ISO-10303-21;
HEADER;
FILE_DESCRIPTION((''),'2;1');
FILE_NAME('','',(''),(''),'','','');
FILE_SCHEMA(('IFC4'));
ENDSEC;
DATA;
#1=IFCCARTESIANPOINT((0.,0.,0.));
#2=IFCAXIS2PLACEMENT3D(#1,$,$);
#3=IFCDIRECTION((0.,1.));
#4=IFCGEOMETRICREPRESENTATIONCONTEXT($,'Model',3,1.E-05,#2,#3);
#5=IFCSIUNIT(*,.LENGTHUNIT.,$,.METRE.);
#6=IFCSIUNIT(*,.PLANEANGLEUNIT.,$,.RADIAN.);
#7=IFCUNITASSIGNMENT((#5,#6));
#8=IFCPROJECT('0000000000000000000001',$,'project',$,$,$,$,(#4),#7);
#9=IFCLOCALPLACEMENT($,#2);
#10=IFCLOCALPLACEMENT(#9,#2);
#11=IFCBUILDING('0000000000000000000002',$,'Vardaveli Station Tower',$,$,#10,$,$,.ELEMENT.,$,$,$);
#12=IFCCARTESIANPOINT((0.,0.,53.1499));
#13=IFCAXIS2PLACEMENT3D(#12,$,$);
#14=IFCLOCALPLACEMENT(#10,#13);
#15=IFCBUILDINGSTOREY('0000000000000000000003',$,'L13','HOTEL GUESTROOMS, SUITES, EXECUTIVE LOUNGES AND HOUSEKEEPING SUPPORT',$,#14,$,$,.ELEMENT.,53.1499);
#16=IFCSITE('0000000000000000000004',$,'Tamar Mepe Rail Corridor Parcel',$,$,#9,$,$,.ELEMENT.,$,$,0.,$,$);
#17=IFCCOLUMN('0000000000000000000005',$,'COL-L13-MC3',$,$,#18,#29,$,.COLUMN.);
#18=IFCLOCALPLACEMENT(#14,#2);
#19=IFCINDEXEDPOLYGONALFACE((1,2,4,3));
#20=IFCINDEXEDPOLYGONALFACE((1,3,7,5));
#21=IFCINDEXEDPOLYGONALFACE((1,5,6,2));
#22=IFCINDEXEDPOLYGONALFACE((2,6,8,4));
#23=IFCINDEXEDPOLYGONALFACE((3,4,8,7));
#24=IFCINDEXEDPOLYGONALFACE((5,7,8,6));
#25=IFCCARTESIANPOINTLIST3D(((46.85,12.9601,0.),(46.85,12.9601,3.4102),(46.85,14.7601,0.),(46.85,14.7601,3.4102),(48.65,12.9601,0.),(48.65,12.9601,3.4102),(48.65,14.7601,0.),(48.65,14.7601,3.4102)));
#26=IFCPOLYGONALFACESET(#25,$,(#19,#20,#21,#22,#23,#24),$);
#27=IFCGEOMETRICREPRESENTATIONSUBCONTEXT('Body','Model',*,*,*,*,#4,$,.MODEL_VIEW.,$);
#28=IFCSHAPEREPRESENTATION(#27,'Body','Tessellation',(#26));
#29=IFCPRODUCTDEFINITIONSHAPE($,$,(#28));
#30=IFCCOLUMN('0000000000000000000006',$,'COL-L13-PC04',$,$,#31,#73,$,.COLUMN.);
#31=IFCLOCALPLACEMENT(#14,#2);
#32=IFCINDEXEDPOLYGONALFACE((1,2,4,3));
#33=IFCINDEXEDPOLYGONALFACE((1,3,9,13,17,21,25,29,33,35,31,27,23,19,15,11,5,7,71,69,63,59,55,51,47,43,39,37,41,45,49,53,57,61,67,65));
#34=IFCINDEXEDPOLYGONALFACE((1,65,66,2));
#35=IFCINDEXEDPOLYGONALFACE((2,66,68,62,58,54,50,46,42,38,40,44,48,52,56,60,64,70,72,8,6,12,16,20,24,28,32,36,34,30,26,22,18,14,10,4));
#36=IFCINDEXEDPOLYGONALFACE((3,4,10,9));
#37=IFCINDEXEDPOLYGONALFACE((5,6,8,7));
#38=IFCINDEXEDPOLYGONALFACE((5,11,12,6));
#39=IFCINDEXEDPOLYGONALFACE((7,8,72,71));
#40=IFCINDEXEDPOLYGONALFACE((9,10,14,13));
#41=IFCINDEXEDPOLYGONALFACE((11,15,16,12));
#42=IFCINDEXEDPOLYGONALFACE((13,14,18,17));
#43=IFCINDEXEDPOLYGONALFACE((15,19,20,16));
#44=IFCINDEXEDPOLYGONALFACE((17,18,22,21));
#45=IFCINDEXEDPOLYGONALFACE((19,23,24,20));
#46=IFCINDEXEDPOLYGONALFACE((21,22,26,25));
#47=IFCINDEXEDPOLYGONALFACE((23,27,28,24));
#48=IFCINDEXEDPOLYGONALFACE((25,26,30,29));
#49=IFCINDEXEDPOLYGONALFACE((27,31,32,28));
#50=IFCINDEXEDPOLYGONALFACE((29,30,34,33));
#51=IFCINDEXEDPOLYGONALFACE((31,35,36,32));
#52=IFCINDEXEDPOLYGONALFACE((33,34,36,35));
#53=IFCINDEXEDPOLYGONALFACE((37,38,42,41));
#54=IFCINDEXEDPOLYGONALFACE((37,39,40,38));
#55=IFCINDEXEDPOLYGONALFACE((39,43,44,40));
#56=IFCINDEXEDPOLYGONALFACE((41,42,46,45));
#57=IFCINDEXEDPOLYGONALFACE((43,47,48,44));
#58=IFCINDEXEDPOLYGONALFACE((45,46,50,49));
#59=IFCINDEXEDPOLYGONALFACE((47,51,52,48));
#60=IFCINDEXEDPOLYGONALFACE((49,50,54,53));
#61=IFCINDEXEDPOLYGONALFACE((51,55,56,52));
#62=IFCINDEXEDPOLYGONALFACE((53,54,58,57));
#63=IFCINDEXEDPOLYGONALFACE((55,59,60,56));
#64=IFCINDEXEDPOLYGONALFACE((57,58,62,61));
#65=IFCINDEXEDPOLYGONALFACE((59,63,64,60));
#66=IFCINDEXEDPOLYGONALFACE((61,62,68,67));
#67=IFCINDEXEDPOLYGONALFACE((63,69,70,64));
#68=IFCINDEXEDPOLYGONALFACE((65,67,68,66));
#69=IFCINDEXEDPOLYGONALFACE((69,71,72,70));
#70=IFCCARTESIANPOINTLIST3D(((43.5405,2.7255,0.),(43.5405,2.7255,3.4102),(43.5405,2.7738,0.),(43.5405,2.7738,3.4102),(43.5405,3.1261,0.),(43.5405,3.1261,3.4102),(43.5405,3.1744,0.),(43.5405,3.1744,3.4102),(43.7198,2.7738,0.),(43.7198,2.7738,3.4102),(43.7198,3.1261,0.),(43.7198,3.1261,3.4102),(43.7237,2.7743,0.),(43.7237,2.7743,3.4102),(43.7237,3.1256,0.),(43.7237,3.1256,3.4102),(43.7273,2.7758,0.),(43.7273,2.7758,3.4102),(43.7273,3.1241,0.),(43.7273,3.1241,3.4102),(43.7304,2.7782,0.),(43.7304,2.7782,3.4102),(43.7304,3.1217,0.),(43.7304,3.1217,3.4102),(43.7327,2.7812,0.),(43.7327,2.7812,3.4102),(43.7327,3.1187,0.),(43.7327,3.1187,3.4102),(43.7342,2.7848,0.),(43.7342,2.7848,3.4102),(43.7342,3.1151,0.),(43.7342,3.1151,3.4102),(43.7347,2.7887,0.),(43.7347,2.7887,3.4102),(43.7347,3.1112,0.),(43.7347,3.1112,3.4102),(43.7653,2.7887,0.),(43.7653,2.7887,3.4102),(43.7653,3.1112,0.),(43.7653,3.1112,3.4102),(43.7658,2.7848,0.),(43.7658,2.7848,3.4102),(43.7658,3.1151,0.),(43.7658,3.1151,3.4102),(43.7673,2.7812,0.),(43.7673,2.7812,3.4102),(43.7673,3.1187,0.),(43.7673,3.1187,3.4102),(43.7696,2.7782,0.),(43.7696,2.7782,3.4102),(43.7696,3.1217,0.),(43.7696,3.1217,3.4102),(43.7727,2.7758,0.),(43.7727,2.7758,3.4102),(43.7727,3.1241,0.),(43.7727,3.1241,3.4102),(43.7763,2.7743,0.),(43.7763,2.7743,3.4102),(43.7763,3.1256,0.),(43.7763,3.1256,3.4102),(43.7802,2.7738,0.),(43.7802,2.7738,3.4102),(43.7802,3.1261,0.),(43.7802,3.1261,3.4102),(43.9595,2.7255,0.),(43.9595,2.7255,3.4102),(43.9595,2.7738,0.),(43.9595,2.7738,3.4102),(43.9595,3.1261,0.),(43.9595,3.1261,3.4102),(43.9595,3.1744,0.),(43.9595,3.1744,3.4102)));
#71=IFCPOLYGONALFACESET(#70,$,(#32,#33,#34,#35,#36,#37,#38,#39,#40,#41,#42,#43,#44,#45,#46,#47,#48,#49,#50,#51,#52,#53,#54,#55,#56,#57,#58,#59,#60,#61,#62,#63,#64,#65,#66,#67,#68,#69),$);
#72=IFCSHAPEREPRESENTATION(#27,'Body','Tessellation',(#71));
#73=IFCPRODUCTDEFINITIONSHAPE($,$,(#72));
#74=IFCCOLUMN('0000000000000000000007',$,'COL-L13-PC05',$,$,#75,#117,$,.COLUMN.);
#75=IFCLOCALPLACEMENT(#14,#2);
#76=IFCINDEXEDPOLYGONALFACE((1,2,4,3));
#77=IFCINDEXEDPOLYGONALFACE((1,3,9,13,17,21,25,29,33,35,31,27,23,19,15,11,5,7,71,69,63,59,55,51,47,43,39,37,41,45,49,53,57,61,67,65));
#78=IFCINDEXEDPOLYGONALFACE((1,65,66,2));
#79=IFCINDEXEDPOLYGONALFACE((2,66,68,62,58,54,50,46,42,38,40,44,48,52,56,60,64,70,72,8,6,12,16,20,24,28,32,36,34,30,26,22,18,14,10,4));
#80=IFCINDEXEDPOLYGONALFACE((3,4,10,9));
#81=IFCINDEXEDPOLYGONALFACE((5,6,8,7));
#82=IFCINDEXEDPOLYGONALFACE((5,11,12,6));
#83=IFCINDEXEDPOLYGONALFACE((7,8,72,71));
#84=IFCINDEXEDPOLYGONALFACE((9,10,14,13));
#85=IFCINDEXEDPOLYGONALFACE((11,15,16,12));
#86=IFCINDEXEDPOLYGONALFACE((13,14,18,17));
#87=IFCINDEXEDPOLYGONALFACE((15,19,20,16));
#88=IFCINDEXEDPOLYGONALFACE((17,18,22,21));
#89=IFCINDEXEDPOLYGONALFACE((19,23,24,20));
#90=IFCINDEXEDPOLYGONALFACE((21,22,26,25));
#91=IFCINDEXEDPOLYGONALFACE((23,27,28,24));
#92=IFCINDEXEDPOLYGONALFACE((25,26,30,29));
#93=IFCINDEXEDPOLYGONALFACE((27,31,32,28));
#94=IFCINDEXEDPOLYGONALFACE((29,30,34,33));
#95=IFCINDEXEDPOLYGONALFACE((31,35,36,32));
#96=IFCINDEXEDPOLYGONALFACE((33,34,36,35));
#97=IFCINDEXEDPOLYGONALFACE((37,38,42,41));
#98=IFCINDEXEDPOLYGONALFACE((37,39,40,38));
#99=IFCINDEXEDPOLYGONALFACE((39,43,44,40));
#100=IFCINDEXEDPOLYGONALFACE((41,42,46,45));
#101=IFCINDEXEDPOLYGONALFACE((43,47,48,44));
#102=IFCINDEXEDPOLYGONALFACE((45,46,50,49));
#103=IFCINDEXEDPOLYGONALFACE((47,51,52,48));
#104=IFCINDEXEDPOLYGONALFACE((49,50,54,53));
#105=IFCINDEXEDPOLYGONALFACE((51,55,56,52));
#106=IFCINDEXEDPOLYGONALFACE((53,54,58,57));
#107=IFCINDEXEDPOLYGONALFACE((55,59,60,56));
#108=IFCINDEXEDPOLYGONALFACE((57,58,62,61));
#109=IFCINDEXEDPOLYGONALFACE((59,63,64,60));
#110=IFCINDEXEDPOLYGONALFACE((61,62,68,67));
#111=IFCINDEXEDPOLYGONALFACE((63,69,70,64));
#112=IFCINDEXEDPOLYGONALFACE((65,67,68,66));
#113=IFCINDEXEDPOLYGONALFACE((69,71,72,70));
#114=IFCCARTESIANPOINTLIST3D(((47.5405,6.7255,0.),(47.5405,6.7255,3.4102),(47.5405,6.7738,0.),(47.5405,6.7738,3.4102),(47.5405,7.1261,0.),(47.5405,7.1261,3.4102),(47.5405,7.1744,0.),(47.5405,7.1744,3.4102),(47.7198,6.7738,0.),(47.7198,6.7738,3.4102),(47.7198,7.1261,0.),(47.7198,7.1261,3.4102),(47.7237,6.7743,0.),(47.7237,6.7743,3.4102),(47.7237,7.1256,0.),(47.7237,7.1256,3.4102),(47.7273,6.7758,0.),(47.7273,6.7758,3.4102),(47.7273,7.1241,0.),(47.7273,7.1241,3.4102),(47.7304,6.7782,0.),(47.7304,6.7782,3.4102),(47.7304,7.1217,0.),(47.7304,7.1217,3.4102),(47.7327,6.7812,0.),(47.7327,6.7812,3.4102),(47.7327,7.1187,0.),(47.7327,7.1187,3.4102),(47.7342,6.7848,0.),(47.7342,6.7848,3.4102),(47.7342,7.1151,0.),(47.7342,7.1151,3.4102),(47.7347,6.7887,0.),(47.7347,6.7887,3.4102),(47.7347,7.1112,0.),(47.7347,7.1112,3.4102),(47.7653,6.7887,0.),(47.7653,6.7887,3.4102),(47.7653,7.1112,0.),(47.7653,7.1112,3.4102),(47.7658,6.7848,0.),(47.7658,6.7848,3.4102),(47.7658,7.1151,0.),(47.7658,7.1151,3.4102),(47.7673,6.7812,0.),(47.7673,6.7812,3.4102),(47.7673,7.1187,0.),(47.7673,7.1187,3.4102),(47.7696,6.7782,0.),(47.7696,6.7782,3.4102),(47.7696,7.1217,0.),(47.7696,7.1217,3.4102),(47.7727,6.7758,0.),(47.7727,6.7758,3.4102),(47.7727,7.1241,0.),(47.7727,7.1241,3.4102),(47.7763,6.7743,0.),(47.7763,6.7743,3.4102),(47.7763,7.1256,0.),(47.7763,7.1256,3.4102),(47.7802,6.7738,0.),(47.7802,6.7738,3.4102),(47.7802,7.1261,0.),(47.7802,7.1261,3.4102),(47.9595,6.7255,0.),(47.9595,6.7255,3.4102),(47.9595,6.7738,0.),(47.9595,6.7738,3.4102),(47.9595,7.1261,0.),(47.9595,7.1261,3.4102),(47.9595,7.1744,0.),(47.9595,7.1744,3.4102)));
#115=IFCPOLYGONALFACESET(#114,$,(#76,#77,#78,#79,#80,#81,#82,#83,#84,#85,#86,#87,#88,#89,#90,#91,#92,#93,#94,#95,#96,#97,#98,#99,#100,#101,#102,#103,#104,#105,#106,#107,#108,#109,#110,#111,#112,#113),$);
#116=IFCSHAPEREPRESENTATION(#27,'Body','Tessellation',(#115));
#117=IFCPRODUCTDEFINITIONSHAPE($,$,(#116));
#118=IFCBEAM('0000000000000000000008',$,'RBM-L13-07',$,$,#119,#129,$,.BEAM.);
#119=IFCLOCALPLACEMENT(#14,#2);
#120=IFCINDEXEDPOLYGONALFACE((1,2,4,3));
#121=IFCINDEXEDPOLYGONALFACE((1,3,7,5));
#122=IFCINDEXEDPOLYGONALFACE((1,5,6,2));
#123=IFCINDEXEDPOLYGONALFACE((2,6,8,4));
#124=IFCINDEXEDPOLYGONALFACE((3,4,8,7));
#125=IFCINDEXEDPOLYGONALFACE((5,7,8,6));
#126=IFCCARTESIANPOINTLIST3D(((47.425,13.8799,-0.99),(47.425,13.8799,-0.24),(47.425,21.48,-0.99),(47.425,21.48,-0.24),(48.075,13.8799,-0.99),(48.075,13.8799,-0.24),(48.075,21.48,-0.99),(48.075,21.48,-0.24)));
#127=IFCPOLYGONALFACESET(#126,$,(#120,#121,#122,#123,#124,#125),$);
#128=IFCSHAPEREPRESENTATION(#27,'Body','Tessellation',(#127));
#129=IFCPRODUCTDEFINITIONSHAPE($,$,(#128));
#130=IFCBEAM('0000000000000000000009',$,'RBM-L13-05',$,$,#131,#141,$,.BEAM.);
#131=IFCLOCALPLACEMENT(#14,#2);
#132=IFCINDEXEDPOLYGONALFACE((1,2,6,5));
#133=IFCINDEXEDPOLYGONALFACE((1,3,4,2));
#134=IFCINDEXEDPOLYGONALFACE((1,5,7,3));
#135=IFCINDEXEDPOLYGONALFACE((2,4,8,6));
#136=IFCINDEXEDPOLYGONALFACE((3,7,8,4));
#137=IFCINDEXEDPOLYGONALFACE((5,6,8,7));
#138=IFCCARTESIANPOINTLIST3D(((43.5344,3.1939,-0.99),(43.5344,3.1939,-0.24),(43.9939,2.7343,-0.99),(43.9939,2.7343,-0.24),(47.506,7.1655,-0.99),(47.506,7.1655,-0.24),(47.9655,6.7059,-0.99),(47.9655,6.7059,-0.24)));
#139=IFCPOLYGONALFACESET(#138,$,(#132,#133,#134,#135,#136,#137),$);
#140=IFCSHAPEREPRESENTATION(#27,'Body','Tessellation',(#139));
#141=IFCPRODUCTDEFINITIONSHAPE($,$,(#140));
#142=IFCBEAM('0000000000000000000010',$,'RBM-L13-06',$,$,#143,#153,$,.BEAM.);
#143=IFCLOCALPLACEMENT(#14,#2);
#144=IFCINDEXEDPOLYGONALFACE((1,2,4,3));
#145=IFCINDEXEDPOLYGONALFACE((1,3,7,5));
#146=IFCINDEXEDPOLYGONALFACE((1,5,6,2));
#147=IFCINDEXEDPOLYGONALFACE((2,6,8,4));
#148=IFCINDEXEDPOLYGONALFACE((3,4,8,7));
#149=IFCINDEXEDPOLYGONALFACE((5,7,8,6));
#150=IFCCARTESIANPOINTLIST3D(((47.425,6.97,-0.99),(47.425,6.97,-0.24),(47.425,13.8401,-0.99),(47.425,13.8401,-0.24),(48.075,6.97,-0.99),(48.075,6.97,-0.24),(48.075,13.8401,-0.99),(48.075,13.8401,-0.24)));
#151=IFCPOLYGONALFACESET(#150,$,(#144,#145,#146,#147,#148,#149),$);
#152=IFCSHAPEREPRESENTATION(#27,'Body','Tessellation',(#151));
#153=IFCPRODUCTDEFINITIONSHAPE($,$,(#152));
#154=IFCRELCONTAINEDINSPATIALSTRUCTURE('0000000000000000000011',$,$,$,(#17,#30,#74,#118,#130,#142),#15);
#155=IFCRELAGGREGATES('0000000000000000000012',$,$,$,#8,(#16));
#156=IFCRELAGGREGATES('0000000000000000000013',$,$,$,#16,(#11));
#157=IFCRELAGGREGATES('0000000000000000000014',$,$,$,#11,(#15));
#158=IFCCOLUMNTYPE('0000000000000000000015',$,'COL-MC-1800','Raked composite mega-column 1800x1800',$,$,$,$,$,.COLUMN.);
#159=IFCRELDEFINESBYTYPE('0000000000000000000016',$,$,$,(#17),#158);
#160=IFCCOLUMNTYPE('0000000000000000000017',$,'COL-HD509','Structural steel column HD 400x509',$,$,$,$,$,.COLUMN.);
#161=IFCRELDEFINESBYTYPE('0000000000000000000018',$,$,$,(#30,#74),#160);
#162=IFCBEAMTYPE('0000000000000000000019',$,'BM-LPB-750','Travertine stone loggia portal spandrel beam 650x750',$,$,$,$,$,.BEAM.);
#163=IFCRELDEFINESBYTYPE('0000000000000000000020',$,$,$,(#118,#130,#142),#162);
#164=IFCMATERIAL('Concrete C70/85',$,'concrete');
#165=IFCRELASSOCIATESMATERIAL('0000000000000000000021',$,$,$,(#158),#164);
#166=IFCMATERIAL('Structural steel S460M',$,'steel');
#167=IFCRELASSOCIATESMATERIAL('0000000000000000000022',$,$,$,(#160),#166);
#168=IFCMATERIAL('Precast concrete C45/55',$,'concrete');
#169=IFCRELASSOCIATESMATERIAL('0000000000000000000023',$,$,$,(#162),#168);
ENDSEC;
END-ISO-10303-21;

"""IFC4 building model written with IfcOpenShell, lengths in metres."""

from ifc_helpers import new_model, si_unit, direction, frame, origin, origin_2d, place, context, subcontext, project, spatial, rectangle, i_section, extrude, source, transform, mapped, material, material_profile, profile_set, type_object, element, save


model = new_model("IFC4")

# Units and contexts
model_context = context("Model", 3, precision=1e-05, world=origin(), true_north=direction((0.0, 1.0)))
body_context = subcontext(model_context, "Body", "Model", "MODEL_VIEW")
ifc_project = project(units=[si_unit("LENGTHUNIT", "METRE"), si_unit("PLANEANGLEUNIT", "RADIAN")], contexts=[model_context])

# Site, building, storey
site_placement = place(None, origin())
site = spatial("IfcSite", under=ifc_project, at=site_placement, Name="Tamar Mepe Rail Corridor Parcel", CompositionType="ELEMENT", RefElevation=0.0)
building_placement = place(site_placement, origin())
building = spatial("IfcBuilding", under=site, at=building_placement, Name="Vardaveli Station Tower", CompositionType="ELEMENT")
storey_placement = place(building_placement, frame((0.0, 0.0, 53.1499)))
storey = spatial("IfcBuildingStorey", under=building, at=storey_placement, Name="L13", Description="HOTEL GUESTROOMS, SUITES, EXECUTIVE LOUNGES AND HOUSEKEEPING SUPPORT", CompositionType="ELEMENT", Elevation=53.1499)

# Columns
ifc_material_1 = material(Name="Concrete C70/85", Category="concrete")
ifc_material_profile_1 = material_profile(ifc_material_1, rectangle(XDim=1.8, YDim=1.8, at=origin_2d()), Name="MC 1800x1800")
ifc_profile_set_1 = profile_set([ifc_material_profile_1], Name="Concrete C70/85")
column_type_1 = type_object("IfcColumnType", Name="COL-MC-1800", Description="Raked composite mega-column 1800x1800", PredefinedType="COLUMN", material=ifc_profile_set_1)
shared_shape_1 = source(origin(), body_context, "Body", "SweptSolid", [
    extrude(rectangle(XDim=1.8, YDim=1.8, at=origin_2d()), origin(), (0.0, 0.0, 1.0), 3.4102),
])
column_placement = place(storey_placement, frame((47.75, 13.8601, 0.0), z_axis=(0.0, 0.0, 1.0), x_axis=(1.0, 0.0, 0.0)))
element("IfcColumn", 1, at=column_placement, inside=storey, type_object=column_type_1, Name="COL-L13-MC3", PredefinedType="COLUMN", context=body_context, shape_type="MappedRepresentation", body=[
    mapped(shared_shape_1, transform((0.0, 0.0, 0.0), scale=1.0)),
])
ifc_material_2 = material(Name="Structural steel S460M", Category="steel")
ifc_material_profile_2 = material_profile(ifc_material_2, i_section(OverallWidth=0.4189, OverallDepth=0.449, WebThickness=0.0305, FlangeThickness=0.0483, FilletRadius=0.0149, at=origin_2d()), Name="HD 400x509")
ifc_profile_set_2 = profile_set([ifc_material_profile_2], Name="Structural steel S460M")
column_type_2 = type_object("IfcColumnType", Name="COL-HD509", Description="Structural steel column HD 400x509", PredefinedType="COLUMN", material=ifc_profile_set_2)
shared_shape_2 = source(origin(), body_context, "Body", "SweptSolid", [
    extrude(i_section(OverallWidth=0.4189, OverallDepth=0.449, WebThickness=0.0305, FlangeThickness=0.0483, FilletRadius=0.0149, at=origin_2d()), origin(), (0.0, 0.0, 1.0), 3.4102),
])
for number, where, z_axis, x_axis, name in (
    (2, (43.75, 2.95, 0.0), (0.0, 0.0, 1.0), (1.0, 0.0, 0.0), "COL-L13-PC04"),
    (3, (47.75, 6.95, 0.0), (0.0, 0.0, 1.0), (1.0, 0.0, 0.0), "COL-L13-PC05"),
):
    element("IfcColumn", number, at=place(storey_placement, frame(where, z_axis=z_axis, x_axis=x_axis)), inside=storey, type_object=column_type_2, Name=name, PredefinedType="COLUMN", context=body_context, shape_type="MappedRepresentation", body=[
        mapped(shared_shape_2, transform((0.0, 0.0, 0.0), scale=1.0)),
    ])

# Beams
ifc_material_3 = material(Name="Precast concrete C45/55", Category="concrete")
ifc_material_profile_3 = material_profile(ifc_material_3, rectangle(XDim=0.6499, YDim=0.75, at=origin_2d()), Name="LPB 650x750")
ifc_profile_set_3 = profile_set([ifc_material_profile_3], Name="Precast concrete C45/55")
beam_type_1 = type_object("IfcBeamType", Name="BM-LPB-750", Description="Travertine stone loggia portal spandrel beam 650x750", PredefinedType="BEAM", material=ifc_profile_set_3)
shared_shape_3 = source(origin(), body_context, "Body", "SweptSolid", [
    extrude(rectangle(XDim=0.6499, YDim=0.75, at=origin_2d()), origin(), (0.0, 0.0, 1.0), 7.6001),
])
beam_1_placement = place(storey_placement, frame((47.75, 13.8799, -0.615), z_axis=(0.0, 1.0, 0.0), x_axis=(-1.0, 0.0, 0.0)))
element("IfcBeam", 4, at=beam_1_placement, inside=storey, type_object=beam_type_1, Name="RBM-L13-07", PredefinedType="BEAM", context=body_context, shape_type="MappedRepresentation", body=[
    mapped(shared_shape_3, transform((0.0, 0.0, 0.0), scale=1.0)),
])
shared_shape_4 = source(origin(), body_context, "Body", "SweptSolid", [
    extrude(rectangle(XDim=0.6499, YDim=0.75, at=origin_2d()), origin(), (0.0, 0.0, 1.0), 5.6167),
])
beam_2_placement = place(storey_placement, frame((43.7642, 2.9641, -0.615), z_axis=(0.707107, 0.707107, 0.0), x_axis=(-0.707107, 0.707107, 0.0)))
element("IfcBeam", 5, at=beam_2_placement, inside=storey, type_object=beam_type_1, Name="RBM-L13-05", PredefinedType="BEAM", context=body_context, shape_type="MappedRepresentation", body=[
    mapped(shared_shape_4, transform((0.0, 0.0, 0.0), scale=1.0)),
])
shared_shape_5 = source(origin(), body_context, "Body", "SweptSolid", [
    extrude(rectangle(XDim=0.6499, YDim=0.75, at=origin_2d()), origin(), (0.0, 0.0, 1.0), 6.8701),
])
beam_3_placement = place(storey_placement, frame((47.75, 6.97, -0.615), z_axis=(0.0, 1.0, 0.0), x_axis=(-1.0, 0.0, 0.0)))
element("IfcBeam", 6, at=beam_3_placement, inside=storey, type_object=beam_type_1, Name="RBM-L13-06", PredefinedType="BEAM", context=body_context, shape_type="MappedRepresentation", body=[
    mapped(shared_shape_5, transform((0.0, 0.0, 0.0), scale=1.0)),
])

save(model, "model.ifc")
